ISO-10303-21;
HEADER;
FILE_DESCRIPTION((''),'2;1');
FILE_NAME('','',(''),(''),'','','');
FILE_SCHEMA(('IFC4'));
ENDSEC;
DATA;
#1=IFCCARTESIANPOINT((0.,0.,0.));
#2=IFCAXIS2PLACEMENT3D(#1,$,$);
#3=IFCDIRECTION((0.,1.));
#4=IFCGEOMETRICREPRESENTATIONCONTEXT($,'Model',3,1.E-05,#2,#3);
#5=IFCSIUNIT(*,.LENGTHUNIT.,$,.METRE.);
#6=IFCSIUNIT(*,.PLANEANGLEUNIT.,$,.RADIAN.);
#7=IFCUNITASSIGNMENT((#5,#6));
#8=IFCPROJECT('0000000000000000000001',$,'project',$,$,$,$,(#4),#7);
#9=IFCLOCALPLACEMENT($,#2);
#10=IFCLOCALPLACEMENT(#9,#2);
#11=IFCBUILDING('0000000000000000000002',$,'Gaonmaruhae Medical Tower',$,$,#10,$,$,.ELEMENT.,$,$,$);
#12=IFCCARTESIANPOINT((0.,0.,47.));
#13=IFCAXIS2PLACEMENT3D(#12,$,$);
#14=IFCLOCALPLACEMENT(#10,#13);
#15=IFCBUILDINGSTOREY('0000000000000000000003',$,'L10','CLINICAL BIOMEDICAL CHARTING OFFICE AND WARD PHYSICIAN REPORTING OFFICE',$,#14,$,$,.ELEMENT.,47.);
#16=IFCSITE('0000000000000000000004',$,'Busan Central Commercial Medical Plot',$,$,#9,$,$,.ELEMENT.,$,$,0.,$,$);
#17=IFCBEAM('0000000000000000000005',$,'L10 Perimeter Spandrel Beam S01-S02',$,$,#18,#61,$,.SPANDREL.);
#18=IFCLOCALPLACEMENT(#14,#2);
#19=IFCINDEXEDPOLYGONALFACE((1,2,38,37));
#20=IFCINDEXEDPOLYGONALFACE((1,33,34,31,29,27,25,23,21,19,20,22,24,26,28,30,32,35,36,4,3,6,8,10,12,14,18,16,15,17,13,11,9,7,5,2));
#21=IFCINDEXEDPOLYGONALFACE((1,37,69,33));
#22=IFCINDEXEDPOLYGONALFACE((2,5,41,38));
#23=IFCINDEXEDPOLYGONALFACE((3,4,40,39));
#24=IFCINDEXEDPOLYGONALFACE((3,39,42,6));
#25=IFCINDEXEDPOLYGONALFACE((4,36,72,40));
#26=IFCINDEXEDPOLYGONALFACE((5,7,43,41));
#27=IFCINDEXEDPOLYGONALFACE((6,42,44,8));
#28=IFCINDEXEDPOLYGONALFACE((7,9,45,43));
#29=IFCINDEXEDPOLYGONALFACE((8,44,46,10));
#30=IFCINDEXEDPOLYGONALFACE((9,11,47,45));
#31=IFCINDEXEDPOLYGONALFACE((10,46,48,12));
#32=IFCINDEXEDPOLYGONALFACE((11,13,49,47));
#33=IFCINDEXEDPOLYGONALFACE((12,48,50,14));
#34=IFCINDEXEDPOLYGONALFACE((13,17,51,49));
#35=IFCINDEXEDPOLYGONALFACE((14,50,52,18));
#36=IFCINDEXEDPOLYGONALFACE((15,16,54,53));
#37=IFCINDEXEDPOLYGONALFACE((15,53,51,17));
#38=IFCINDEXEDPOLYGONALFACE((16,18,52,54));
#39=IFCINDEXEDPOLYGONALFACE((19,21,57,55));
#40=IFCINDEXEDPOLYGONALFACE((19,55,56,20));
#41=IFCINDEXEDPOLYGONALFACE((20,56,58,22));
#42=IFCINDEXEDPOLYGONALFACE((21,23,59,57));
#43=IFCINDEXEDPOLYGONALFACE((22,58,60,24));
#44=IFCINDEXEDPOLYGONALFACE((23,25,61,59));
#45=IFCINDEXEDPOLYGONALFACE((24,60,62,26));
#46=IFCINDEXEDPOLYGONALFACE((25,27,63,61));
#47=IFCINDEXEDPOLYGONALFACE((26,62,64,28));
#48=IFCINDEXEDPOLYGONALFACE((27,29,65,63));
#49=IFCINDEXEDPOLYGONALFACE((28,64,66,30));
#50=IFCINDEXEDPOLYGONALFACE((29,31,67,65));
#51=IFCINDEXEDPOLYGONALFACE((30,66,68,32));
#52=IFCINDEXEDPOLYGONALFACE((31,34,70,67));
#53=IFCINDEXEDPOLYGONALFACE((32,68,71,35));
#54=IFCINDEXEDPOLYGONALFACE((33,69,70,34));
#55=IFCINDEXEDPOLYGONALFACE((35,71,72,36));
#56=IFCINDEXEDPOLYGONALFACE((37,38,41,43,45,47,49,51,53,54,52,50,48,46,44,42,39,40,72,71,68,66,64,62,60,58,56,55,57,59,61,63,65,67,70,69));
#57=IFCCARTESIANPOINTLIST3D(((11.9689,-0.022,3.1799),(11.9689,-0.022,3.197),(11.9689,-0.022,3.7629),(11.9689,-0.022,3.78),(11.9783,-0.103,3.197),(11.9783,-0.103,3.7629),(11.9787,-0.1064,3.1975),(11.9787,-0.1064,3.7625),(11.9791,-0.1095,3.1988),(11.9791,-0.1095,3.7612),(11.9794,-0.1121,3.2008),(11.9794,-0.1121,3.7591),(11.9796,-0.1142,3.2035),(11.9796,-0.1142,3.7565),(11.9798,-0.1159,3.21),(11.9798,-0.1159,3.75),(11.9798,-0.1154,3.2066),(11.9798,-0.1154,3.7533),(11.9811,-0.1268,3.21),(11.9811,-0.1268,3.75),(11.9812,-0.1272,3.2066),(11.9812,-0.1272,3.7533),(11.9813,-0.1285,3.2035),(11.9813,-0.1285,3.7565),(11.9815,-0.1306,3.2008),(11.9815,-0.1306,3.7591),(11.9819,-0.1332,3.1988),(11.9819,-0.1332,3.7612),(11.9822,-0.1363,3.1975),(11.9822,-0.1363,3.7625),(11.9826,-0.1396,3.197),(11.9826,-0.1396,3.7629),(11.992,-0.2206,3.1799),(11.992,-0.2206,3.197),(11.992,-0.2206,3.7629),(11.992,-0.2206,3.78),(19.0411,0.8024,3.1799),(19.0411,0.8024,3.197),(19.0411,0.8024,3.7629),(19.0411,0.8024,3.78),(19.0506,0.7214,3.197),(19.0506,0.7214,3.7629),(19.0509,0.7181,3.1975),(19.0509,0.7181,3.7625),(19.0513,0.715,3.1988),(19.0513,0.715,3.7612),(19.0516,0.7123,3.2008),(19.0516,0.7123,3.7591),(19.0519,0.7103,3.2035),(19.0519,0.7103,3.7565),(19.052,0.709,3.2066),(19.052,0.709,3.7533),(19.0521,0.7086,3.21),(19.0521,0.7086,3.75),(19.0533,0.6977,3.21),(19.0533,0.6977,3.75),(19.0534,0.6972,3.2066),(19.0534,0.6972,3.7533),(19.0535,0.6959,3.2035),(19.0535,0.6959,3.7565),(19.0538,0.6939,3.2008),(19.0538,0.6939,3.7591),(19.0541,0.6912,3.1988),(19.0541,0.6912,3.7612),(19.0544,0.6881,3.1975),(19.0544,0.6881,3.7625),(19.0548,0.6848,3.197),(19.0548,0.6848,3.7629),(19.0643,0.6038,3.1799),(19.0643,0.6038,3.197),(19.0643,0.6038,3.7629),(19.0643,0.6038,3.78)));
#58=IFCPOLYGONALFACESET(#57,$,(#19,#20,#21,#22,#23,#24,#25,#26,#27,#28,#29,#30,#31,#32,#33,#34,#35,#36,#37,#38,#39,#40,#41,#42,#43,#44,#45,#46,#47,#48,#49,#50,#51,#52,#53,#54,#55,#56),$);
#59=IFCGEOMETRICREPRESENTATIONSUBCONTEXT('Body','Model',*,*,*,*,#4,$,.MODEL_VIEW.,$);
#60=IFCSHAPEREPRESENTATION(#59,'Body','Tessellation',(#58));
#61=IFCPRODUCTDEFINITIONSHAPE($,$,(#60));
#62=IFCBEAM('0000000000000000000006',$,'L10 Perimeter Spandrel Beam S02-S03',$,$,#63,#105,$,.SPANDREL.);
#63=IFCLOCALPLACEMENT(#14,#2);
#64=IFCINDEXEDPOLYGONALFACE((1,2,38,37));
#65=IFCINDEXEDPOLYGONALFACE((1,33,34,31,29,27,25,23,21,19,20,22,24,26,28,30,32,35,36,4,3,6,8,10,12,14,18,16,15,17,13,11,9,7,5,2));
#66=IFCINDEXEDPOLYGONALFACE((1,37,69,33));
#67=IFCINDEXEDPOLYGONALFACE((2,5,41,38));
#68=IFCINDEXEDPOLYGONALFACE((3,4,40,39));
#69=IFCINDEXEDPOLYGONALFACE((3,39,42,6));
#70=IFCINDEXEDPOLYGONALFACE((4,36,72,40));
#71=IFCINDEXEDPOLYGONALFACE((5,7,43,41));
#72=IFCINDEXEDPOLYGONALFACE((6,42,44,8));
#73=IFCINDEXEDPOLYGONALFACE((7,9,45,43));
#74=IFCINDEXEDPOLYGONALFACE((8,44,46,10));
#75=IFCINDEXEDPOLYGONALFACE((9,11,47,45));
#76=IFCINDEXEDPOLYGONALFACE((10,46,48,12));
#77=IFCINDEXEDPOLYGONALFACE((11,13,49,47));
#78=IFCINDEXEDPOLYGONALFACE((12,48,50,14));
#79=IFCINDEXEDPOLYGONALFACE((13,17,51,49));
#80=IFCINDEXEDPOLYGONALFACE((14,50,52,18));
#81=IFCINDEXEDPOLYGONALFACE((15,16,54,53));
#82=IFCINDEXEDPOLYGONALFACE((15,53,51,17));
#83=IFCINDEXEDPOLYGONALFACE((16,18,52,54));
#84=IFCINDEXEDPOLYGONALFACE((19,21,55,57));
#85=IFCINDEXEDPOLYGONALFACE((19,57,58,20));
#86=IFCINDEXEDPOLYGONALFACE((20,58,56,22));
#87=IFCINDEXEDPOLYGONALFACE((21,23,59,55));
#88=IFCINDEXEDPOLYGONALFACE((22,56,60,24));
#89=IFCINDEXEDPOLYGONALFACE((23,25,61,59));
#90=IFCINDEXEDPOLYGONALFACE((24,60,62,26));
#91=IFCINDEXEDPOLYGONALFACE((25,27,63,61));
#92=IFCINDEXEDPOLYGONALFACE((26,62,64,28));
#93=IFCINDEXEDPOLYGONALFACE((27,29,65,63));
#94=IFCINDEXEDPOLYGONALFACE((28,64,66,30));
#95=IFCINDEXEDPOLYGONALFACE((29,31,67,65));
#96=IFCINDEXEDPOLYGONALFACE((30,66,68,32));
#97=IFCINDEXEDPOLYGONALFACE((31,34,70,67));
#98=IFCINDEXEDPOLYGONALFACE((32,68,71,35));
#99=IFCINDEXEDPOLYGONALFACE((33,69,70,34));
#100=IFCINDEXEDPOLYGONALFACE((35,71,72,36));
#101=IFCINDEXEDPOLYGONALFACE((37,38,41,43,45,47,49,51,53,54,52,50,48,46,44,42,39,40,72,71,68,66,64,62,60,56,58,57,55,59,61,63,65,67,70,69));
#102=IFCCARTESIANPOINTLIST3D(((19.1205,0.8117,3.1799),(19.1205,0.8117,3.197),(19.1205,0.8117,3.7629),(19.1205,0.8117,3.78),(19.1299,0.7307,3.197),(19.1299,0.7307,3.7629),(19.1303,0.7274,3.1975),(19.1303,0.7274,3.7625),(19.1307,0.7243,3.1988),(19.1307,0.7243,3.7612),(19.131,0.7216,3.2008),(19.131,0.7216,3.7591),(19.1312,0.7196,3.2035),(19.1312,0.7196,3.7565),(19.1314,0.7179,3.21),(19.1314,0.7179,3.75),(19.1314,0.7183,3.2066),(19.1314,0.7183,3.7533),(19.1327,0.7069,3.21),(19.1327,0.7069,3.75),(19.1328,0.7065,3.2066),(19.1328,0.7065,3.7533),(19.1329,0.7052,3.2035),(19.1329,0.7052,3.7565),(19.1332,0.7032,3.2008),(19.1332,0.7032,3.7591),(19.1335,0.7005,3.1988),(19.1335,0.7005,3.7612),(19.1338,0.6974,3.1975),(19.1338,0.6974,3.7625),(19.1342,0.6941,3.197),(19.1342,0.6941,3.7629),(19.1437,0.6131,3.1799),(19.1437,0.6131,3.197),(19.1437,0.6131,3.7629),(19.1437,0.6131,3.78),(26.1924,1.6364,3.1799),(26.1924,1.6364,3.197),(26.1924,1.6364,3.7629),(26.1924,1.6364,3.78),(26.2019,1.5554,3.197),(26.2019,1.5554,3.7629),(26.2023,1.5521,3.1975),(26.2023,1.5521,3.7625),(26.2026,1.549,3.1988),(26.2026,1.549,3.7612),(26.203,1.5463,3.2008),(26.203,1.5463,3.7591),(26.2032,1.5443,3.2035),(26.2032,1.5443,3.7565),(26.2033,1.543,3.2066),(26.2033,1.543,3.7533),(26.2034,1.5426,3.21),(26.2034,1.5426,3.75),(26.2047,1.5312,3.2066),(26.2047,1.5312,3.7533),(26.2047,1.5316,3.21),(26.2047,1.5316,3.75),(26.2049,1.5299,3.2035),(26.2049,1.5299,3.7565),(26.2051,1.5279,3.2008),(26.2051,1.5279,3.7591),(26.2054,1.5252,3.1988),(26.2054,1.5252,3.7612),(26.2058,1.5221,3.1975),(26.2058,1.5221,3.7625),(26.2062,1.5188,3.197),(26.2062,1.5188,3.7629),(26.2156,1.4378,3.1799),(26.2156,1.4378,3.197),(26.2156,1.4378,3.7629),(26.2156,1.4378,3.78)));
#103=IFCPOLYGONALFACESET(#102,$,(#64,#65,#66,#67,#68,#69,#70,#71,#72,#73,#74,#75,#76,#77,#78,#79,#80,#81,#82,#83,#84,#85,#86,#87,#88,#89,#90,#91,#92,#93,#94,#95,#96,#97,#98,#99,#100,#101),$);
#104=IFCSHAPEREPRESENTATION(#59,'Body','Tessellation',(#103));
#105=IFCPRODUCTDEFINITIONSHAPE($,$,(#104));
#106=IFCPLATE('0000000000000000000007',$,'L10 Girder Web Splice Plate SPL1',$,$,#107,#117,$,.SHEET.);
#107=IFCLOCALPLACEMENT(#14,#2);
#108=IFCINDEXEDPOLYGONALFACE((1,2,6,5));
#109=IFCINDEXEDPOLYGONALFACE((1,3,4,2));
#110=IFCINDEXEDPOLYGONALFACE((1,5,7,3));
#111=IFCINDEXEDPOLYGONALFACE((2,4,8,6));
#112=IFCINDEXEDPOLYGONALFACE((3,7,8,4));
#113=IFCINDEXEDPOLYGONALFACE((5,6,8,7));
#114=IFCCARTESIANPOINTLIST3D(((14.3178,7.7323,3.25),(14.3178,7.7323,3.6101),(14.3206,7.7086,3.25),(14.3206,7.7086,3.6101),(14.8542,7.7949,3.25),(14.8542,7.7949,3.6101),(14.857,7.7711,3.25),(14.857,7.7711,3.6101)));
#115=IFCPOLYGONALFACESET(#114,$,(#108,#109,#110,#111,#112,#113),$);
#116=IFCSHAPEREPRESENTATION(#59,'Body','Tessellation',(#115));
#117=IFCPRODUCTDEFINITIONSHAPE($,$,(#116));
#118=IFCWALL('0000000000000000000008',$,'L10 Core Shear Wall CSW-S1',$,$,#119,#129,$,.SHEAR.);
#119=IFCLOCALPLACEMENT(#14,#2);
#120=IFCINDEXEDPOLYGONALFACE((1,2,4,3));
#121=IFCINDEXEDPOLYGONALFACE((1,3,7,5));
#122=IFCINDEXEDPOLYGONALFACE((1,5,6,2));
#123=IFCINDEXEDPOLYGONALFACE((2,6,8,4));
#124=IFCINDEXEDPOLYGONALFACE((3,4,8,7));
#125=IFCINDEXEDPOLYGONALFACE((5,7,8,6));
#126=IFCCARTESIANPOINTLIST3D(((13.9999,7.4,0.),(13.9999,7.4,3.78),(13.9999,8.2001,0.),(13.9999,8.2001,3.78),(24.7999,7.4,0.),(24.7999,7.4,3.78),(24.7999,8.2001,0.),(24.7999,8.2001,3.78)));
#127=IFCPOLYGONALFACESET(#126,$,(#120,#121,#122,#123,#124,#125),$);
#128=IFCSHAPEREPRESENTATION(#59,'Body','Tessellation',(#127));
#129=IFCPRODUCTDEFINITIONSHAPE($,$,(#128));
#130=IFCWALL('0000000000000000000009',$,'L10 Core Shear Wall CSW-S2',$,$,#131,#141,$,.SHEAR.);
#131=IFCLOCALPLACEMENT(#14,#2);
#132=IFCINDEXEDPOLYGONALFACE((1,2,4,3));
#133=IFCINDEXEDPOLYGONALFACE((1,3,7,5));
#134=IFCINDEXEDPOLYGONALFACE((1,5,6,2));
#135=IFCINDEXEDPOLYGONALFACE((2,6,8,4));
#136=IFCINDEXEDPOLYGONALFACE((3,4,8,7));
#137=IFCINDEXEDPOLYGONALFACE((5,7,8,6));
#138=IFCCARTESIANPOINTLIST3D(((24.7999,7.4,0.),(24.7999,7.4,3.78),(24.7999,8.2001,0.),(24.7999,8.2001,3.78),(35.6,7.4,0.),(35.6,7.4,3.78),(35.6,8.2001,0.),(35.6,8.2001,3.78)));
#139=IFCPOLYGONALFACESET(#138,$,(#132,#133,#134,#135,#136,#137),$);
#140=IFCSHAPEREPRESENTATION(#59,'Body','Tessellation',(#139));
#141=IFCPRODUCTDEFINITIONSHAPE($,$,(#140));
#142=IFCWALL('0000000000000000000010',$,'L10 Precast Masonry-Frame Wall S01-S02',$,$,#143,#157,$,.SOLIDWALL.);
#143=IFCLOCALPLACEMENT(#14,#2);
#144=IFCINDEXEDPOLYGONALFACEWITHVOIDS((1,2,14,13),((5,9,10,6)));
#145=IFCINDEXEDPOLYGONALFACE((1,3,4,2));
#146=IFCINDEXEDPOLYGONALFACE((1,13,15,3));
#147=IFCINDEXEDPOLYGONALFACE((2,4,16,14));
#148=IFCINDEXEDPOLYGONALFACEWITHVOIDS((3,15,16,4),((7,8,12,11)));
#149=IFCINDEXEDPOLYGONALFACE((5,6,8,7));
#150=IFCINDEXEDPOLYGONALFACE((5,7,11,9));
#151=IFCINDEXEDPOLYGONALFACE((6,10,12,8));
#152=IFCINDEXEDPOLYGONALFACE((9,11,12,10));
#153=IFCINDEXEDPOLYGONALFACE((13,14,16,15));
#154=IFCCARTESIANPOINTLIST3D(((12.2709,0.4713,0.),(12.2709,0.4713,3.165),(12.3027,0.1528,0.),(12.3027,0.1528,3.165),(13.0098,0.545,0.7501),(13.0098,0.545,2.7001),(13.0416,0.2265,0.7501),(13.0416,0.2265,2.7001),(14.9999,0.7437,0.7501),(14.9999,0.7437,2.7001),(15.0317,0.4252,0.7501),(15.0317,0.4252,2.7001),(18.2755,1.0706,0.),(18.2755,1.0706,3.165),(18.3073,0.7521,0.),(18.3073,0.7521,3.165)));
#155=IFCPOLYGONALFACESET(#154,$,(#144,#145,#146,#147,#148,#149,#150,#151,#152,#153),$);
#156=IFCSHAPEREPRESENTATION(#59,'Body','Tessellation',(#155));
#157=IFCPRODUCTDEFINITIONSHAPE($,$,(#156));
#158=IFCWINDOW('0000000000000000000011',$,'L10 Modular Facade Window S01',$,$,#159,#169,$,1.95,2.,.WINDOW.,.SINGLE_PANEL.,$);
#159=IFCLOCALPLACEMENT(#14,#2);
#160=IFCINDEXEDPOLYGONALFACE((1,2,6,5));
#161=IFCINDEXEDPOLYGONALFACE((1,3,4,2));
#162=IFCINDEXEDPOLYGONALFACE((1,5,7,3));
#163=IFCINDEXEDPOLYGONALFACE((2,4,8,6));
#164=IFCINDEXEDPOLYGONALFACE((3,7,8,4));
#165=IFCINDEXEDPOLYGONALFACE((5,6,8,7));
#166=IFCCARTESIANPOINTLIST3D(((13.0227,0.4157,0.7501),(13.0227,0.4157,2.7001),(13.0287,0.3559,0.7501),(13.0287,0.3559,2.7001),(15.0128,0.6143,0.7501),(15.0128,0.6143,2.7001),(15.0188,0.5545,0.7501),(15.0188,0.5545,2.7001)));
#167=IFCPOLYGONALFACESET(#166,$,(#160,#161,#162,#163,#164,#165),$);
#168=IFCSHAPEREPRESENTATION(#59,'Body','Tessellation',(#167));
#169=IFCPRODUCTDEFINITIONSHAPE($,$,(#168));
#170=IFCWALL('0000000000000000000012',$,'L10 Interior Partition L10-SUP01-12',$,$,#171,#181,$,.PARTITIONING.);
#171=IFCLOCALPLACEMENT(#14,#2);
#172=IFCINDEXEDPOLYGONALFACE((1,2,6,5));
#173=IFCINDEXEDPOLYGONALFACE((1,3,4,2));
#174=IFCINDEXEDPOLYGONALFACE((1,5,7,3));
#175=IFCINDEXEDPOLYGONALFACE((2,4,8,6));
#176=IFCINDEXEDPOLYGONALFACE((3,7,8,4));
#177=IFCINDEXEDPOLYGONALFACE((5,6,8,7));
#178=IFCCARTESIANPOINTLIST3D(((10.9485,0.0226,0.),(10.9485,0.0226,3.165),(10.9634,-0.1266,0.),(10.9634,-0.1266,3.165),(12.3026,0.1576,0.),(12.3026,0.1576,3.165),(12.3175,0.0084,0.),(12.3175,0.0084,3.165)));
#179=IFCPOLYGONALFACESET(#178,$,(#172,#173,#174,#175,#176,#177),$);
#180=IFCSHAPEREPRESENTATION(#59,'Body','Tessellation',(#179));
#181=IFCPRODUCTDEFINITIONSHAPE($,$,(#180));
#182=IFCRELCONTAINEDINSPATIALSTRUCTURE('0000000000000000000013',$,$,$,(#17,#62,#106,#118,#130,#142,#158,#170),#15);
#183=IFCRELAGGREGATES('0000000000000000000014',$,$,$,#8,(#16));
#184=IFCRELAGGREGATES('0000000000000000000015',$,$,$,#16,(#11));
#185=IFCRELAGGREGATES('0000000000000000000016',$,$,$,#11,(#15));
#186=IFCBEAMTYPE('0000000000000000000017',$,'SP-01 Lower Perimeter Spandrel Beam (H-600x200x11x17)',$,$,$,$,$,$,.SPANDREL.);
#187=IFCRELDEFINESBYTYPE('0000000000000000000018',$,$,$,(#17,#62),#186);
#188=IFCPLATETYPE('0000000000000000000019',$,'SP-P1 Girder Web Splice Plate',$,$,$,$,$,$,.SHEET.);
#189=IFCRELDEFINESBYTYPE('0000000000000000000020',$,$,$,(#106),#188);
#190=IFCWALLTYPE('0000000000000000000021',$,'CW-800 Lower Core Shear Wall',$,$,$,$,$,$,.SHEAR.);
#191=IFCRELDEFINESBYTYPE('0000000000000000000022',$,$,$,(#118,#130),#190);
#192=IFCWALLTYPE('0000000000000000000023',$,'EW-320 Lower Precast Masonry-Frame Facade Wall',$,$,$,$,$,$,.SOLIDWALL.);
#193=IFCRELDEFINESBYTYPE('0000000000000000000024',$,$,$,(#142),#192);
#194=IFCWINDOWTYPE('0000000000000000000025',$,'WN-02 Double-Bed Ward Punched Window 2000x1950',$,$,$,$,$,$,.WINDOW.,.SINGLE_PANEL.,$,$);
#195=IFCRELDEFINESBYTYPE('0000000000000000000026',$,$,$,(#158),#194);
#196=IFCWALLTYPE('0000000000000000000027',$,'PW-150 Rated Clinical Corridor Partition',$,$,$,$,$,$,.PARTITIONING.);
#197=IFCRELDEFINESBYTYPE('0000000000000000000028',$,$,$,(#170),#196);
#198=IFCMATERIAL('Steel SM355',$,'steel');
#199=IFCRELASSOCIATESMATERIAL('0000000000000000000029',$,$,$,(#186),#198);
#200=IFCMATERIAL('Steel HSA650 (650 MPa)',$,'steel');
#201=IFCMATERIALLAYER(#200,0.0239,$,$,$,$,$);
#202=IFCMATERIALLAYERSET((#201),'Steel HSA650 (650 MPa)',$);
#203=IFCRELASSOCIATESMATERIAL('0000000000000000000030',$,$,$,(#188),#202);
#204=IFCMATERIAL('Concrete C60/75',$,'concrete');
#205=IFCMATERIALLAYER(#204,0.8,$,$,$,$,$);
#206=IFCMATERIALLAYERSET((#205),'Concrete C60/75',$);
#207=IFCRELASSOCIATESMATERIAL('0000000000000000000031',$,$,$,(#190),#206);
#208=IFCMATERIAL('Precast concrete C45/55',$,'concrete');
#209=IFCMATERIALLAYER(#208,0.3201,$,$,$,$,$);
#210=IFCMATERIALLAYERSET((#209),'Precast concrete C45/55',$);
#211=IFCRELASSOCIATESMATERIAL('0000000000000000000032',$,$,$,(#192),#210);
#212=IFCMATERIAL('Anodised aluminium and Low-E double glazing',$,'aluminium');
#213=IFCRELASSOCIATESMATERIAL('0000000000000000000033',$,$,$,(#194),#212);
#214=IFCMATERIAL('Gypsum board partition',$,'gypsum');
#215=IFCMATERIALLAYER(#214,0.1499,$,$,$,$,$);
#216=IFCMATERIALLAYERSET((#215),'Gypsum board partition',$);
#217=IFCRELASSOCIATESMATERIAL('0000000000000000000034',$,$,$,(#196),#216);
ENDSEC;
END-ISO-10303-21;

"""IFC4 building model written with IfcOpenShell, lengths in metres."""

from ifc_helpers import new_model, si_unit, direction, frame, frame_2d, origin, origin_2d, place, context, subcontext, project, spatial, rectangle, i_section, extrude, material, layer, layer_set, material_profile, profile_set, type_object, element, fill, save


model = new_model("IFC4")

# Units and contexts
model_context = context("Model", 3, precision=1e-05, world=origin(), true_north=direction((0.0, 1.0)))
body_context = subcontext(model_context, "Body", "Model", "MODEL_VIEW")
ifc_project = project(units=[si_unit("LENGTHUNIT", "METRE"), si_unit("PLANEANGLEUNIT", "RADIAN")], contexts=[model_context])

# Site, building, storey
site_placement = place(None, origin())
site = spatial("IfcSite", under=ifc_project, at=site_placement, Name="Busan Central Commercial Medical Plot", CompositionType="ELEMENT", RefElevation=0.0)
building_placement = place(site_placement, origin())
building = spatial("IfcBuilding", under=site, at=building_placement, Name="Gaonmaruhae Medical Tower", CompositionType="ELEMENT")
storey_placement = place(building_placement, frame((0.0, 0.0, 47.0)))
storey = spatial("IfcBuildingStorey", under=building, at=storey_placement, Name="L10", Description="CLINICAL BIOMEDICAL CHARTING OFFICE AND WARD PHYSICIAN REPORTING OFFICE", CompositionType="ELEMENT", Elevation=47.0)

# Shared definitions
ifc_material_1 = material(Name="Concrete C60/75", Category="concrete")

# Beams
ifc_material_2 = material(Name="Steel SM355", Category="steel")
ifc_material_profile_1 = material_profile(ifc_material_2, i_section(OverallWidth=0.2, OverallDepth=0.6001, WebThickness=0.011, FlangeThickness=0.0171, FilletRadius=0.0129, at=origin_2d()), Name="H-600x200x11x17")
ifc_profile_set_1 = profile_set([ifc_material_profile_1], Name="Steel SM355")
beam_type_1 = type_object("IfcBeamType", Name="SP-01 Lower Perimeter Spandrel Beam (H-600x200x11x17)", PredefinedType="SPANDREL", material=ifc_profile_set_1)
beam_1_placement = place(storey_placement, frame((11.9805, -0.1213, 3.48), z_axis=(0.993273, 0.115793, 0.0), x_axis=(-0.115793, 0.993273, 0.0)))
element("IfcBeam", 1, at=beam_1_placement, inside=storey, type_object=beam_type_1, Name="L10 Perimeter Spandrel Beam S01-S02", PredefinedType="SPANDREL", context=body_context, shape_type="SweptSolid", body=[
    extrude(i_section(OverallWidth=0.2, OverallDepth=0.6001, WebThickness=0.011, FlangeThickness=0.0171, FilletRadius=0.0129, at=origin_2d()), origin(), (0.0, 0.0, 1.0), 7.1201),
])
beam_2_placement = place(storey_placement, frame((19.1321, 0.7124, 3.48), z_axis=(0.993269, 0.115831, 0.0), x_axis=(-0.115831, 0.993269, 0.0)))
element("IfcBeam", 2, at=beam_2_placement, inside=storey, type_object=beam_type_1, Name="L10 Perimeter Spandrel Beam S02-S03", PredefinedType="SPANDREL", context=body_context, shape_type="SweptSolid", body=[
    extrude(i_section(OverallWidth=0.2, OverallDepth=0.6001, WebThickness=0.011, FlangeThickness=0.0171, FilletRadius=0.0129, at=origin_2d()), origin(), (0.0, 0.0, 1.0), 7.1199),
])

# Plate
ifc_material_3 = material(Name="Steel HSA650 (650 MPa)", Category="steel")
ifc_layer_1 = layer(ifc_material_3, 0.0239)
ifc_layer_set_1 = layer_set([ifc_layer_1], Name="Steel HSA650 (650 MPa)")
plate_type = type_object("IfcPlateType", Name="SP-P1 Girder Web Splice Plate", PredefinedType="SHEET", material=ifc_layer_set_1)
plate_placement = place(storey_placement, frame((14.5874, 7.7517, 3.25), z_axis=(0.0, 0.0, 1.0), x_axis=(0.993272, 0.115804, 0.0)))
element("IfcPlate", 3, at=plate_placement, inside=storey, type_object=plate_type, Name="L10 Girder Web Splice Plate SPL1", PredefinedType="SHEET", context=body_context, shape_type="SweptSolid", body=[
    extrude(rectangle(XDim=0.54, YDim=0.0239, at=origin_2d()), origin(), (0.0, 0.0, 1.0), 0.3601),
])

# Walls
ifc_layer_2 = layer(ifc_material_1, 0.8)
ifc_layer_set_2 = layer_set([ifc_layer_2], Name="Concrete C60/75")
wall_type_1 = type_object("IfcWallType", Name="CW-800 Lower Core Shear Wall", PredefinedType="SHEAR", material=ifc_layer_set_2)
for number, where, z_axis, x_axis, name in (
    (4, (14.0, 7.8, 0.0), (0.0, 0.0, 1.0), (1.0, 0.0, 0.0), "L10 Core Shear Wall CSW-S1"),
    (5, (24.8, 7.8, 0.0), (0.0, 0.0, 1.0), (1.0, 0.0, 0.0), "L10 Core Shear Wall CSW-S2"),
):
    element("IfcWall", number, at=place(storey_placement, frame(where, z_axis=z_axis, x_axis=x_axis)), inside=storey, type_object=wall_type_1, Name=name, PredefinedType="SHEAR", context=body_context, shape_type="SweptSolid", body=[
        extrude(rectangle(XDim=10.8, YDim=0.8, at=frame_2d((5.3999, 0.0))), origin(), (0.0, 0.0, 1.0), 3.78),
    ])

# Wall, opening, window
ifc_material_4 = material(Name="Precast concrete C45/55", Category="concrete")
ifc_layer_3 = layer(ifc_material_4, 0.3201)
ifc_layer_set_3 = layer_set([ifc_layer_3], Name="Precast concrete C45/55")
wall_type_2 = type_object("IfcWallType", Name="EW-320 Lower Precast Masonry-Frame Facade Wall", PredefinedType="SOLIDWALL", material=ifc_layer_set_3)
wall_1_placement = place(storey_placement, frame((18.2913, 0.9114, 0.0), z_axis=(0.0, 0.0, 1.0), x_axis=(-0.995055, -0.099323, 0.0)))
wall_1 = element("IfcWall", 6, at=wall_1_placement, inside=storey, type_object=wall_type_2, Name="L10 Precast Masonry-Frame Wall S01-S02", PredefinedType="SOLIDWALL", context=body_context, shape_type="SweptSolid", body=[
    extrude(rectangle(XDim=6.0344, YDim=0.3201, at=frame_2d((3.0171, 0.0))), origin(), (0.0, 0.0, 1.0), 3.165),
])
opening_1_placement = place(wall_1_placement, frame((3.2917, 0.0, 0.75)))
opening_1 = element("IfcOpeningElement", 7, at=opening_1_placement, cuts=wall_1, PredefinedType="OPENING", context=body_context, shape_type="SweptSolid", body=[
    extrude(rectangle(XDim=2.0, YDim=1.95, at=frame_2d((1.0, 0.9751))), frame((0.0, 0.1699, 0.0), z_axis=(0.0, -1.0, 0.0), x_axis=(1.0, 0.0, 0.0)), (0.0, 0.0, 1.0), 0.3401),
])
ifc_material_5 = material(Name="Anodised aluminium and Low-E double glazing", Category="aluminium")
window_type = type_object("IfcWindowType", Name="WN-02 Double-Bed Ward Punched Window 2000x1950", PartitioningType="SINGLE_PANEL", PredefinedType="WINDOW", material=ifc_material_5)
window_placement = place(opening_1_placement, origin())
window = element("IfcWindow", 8, at=window_placement, inside=storey, type_object=window_type, Name="L10 Modular Facade Window S01", OverallHeight=1.95, OverallWidth=2.0, PartitioningType="SINGLE_PANEL", PredefinedType="WINDOW", context=body_context, shape_type="SweptSolid", body=[
    extrude(rectangle(XDim=2.0, YDim=1.95, at=frame_2d((1.0, 0.9751))), frame((0.0, 0.03, 0.0), z_axis=(0.0, -1.0, 0.0), x_axis=(1.0, 0.0, 0.0)), (0.0, 0.0, 1.0), 0.0601),
])
fill(opening_1, window)

# Wall
ifc_material_6 = material(Name="Gypsum board partition", Category="gypsum")
ifc_layer_4 = layer(ifc_material_6, 0.1499)
ifc_layer_set_4 = layer_set([ifc_layer_4], Name="Gypsum board partition")
wall_type_3 = type_object("IfcWallType", Name="PW-150 Rated Clinical Corridor Partition", PredefinedType="PARTITIONING", material=ifc_layer_set_4)
wall_2_placement = place(storey_placement, frame((12.3101, 0.083, 0.0), z_axis=(0.0, 0.0, 1.0), x_axis=(-0.995066, -0.099219, 0.0)))
element("IfcWall", 9, at=wall_2_placement, inside=storey, type_object=wall_type_3, Name="L10 Interior Partition L10-SUP01-12", PredefinedType="PARTITIONING", context=body_context, shape_type="SweptSolid", body=[
    extrude(rectangle(XDim=1.3608, YDim=0.1499, at=frame_2d((0.6804, 0.0))), origin(), (0.0, 0.0, 1.0), 3.165),
])

save(model, "model.ifc")
